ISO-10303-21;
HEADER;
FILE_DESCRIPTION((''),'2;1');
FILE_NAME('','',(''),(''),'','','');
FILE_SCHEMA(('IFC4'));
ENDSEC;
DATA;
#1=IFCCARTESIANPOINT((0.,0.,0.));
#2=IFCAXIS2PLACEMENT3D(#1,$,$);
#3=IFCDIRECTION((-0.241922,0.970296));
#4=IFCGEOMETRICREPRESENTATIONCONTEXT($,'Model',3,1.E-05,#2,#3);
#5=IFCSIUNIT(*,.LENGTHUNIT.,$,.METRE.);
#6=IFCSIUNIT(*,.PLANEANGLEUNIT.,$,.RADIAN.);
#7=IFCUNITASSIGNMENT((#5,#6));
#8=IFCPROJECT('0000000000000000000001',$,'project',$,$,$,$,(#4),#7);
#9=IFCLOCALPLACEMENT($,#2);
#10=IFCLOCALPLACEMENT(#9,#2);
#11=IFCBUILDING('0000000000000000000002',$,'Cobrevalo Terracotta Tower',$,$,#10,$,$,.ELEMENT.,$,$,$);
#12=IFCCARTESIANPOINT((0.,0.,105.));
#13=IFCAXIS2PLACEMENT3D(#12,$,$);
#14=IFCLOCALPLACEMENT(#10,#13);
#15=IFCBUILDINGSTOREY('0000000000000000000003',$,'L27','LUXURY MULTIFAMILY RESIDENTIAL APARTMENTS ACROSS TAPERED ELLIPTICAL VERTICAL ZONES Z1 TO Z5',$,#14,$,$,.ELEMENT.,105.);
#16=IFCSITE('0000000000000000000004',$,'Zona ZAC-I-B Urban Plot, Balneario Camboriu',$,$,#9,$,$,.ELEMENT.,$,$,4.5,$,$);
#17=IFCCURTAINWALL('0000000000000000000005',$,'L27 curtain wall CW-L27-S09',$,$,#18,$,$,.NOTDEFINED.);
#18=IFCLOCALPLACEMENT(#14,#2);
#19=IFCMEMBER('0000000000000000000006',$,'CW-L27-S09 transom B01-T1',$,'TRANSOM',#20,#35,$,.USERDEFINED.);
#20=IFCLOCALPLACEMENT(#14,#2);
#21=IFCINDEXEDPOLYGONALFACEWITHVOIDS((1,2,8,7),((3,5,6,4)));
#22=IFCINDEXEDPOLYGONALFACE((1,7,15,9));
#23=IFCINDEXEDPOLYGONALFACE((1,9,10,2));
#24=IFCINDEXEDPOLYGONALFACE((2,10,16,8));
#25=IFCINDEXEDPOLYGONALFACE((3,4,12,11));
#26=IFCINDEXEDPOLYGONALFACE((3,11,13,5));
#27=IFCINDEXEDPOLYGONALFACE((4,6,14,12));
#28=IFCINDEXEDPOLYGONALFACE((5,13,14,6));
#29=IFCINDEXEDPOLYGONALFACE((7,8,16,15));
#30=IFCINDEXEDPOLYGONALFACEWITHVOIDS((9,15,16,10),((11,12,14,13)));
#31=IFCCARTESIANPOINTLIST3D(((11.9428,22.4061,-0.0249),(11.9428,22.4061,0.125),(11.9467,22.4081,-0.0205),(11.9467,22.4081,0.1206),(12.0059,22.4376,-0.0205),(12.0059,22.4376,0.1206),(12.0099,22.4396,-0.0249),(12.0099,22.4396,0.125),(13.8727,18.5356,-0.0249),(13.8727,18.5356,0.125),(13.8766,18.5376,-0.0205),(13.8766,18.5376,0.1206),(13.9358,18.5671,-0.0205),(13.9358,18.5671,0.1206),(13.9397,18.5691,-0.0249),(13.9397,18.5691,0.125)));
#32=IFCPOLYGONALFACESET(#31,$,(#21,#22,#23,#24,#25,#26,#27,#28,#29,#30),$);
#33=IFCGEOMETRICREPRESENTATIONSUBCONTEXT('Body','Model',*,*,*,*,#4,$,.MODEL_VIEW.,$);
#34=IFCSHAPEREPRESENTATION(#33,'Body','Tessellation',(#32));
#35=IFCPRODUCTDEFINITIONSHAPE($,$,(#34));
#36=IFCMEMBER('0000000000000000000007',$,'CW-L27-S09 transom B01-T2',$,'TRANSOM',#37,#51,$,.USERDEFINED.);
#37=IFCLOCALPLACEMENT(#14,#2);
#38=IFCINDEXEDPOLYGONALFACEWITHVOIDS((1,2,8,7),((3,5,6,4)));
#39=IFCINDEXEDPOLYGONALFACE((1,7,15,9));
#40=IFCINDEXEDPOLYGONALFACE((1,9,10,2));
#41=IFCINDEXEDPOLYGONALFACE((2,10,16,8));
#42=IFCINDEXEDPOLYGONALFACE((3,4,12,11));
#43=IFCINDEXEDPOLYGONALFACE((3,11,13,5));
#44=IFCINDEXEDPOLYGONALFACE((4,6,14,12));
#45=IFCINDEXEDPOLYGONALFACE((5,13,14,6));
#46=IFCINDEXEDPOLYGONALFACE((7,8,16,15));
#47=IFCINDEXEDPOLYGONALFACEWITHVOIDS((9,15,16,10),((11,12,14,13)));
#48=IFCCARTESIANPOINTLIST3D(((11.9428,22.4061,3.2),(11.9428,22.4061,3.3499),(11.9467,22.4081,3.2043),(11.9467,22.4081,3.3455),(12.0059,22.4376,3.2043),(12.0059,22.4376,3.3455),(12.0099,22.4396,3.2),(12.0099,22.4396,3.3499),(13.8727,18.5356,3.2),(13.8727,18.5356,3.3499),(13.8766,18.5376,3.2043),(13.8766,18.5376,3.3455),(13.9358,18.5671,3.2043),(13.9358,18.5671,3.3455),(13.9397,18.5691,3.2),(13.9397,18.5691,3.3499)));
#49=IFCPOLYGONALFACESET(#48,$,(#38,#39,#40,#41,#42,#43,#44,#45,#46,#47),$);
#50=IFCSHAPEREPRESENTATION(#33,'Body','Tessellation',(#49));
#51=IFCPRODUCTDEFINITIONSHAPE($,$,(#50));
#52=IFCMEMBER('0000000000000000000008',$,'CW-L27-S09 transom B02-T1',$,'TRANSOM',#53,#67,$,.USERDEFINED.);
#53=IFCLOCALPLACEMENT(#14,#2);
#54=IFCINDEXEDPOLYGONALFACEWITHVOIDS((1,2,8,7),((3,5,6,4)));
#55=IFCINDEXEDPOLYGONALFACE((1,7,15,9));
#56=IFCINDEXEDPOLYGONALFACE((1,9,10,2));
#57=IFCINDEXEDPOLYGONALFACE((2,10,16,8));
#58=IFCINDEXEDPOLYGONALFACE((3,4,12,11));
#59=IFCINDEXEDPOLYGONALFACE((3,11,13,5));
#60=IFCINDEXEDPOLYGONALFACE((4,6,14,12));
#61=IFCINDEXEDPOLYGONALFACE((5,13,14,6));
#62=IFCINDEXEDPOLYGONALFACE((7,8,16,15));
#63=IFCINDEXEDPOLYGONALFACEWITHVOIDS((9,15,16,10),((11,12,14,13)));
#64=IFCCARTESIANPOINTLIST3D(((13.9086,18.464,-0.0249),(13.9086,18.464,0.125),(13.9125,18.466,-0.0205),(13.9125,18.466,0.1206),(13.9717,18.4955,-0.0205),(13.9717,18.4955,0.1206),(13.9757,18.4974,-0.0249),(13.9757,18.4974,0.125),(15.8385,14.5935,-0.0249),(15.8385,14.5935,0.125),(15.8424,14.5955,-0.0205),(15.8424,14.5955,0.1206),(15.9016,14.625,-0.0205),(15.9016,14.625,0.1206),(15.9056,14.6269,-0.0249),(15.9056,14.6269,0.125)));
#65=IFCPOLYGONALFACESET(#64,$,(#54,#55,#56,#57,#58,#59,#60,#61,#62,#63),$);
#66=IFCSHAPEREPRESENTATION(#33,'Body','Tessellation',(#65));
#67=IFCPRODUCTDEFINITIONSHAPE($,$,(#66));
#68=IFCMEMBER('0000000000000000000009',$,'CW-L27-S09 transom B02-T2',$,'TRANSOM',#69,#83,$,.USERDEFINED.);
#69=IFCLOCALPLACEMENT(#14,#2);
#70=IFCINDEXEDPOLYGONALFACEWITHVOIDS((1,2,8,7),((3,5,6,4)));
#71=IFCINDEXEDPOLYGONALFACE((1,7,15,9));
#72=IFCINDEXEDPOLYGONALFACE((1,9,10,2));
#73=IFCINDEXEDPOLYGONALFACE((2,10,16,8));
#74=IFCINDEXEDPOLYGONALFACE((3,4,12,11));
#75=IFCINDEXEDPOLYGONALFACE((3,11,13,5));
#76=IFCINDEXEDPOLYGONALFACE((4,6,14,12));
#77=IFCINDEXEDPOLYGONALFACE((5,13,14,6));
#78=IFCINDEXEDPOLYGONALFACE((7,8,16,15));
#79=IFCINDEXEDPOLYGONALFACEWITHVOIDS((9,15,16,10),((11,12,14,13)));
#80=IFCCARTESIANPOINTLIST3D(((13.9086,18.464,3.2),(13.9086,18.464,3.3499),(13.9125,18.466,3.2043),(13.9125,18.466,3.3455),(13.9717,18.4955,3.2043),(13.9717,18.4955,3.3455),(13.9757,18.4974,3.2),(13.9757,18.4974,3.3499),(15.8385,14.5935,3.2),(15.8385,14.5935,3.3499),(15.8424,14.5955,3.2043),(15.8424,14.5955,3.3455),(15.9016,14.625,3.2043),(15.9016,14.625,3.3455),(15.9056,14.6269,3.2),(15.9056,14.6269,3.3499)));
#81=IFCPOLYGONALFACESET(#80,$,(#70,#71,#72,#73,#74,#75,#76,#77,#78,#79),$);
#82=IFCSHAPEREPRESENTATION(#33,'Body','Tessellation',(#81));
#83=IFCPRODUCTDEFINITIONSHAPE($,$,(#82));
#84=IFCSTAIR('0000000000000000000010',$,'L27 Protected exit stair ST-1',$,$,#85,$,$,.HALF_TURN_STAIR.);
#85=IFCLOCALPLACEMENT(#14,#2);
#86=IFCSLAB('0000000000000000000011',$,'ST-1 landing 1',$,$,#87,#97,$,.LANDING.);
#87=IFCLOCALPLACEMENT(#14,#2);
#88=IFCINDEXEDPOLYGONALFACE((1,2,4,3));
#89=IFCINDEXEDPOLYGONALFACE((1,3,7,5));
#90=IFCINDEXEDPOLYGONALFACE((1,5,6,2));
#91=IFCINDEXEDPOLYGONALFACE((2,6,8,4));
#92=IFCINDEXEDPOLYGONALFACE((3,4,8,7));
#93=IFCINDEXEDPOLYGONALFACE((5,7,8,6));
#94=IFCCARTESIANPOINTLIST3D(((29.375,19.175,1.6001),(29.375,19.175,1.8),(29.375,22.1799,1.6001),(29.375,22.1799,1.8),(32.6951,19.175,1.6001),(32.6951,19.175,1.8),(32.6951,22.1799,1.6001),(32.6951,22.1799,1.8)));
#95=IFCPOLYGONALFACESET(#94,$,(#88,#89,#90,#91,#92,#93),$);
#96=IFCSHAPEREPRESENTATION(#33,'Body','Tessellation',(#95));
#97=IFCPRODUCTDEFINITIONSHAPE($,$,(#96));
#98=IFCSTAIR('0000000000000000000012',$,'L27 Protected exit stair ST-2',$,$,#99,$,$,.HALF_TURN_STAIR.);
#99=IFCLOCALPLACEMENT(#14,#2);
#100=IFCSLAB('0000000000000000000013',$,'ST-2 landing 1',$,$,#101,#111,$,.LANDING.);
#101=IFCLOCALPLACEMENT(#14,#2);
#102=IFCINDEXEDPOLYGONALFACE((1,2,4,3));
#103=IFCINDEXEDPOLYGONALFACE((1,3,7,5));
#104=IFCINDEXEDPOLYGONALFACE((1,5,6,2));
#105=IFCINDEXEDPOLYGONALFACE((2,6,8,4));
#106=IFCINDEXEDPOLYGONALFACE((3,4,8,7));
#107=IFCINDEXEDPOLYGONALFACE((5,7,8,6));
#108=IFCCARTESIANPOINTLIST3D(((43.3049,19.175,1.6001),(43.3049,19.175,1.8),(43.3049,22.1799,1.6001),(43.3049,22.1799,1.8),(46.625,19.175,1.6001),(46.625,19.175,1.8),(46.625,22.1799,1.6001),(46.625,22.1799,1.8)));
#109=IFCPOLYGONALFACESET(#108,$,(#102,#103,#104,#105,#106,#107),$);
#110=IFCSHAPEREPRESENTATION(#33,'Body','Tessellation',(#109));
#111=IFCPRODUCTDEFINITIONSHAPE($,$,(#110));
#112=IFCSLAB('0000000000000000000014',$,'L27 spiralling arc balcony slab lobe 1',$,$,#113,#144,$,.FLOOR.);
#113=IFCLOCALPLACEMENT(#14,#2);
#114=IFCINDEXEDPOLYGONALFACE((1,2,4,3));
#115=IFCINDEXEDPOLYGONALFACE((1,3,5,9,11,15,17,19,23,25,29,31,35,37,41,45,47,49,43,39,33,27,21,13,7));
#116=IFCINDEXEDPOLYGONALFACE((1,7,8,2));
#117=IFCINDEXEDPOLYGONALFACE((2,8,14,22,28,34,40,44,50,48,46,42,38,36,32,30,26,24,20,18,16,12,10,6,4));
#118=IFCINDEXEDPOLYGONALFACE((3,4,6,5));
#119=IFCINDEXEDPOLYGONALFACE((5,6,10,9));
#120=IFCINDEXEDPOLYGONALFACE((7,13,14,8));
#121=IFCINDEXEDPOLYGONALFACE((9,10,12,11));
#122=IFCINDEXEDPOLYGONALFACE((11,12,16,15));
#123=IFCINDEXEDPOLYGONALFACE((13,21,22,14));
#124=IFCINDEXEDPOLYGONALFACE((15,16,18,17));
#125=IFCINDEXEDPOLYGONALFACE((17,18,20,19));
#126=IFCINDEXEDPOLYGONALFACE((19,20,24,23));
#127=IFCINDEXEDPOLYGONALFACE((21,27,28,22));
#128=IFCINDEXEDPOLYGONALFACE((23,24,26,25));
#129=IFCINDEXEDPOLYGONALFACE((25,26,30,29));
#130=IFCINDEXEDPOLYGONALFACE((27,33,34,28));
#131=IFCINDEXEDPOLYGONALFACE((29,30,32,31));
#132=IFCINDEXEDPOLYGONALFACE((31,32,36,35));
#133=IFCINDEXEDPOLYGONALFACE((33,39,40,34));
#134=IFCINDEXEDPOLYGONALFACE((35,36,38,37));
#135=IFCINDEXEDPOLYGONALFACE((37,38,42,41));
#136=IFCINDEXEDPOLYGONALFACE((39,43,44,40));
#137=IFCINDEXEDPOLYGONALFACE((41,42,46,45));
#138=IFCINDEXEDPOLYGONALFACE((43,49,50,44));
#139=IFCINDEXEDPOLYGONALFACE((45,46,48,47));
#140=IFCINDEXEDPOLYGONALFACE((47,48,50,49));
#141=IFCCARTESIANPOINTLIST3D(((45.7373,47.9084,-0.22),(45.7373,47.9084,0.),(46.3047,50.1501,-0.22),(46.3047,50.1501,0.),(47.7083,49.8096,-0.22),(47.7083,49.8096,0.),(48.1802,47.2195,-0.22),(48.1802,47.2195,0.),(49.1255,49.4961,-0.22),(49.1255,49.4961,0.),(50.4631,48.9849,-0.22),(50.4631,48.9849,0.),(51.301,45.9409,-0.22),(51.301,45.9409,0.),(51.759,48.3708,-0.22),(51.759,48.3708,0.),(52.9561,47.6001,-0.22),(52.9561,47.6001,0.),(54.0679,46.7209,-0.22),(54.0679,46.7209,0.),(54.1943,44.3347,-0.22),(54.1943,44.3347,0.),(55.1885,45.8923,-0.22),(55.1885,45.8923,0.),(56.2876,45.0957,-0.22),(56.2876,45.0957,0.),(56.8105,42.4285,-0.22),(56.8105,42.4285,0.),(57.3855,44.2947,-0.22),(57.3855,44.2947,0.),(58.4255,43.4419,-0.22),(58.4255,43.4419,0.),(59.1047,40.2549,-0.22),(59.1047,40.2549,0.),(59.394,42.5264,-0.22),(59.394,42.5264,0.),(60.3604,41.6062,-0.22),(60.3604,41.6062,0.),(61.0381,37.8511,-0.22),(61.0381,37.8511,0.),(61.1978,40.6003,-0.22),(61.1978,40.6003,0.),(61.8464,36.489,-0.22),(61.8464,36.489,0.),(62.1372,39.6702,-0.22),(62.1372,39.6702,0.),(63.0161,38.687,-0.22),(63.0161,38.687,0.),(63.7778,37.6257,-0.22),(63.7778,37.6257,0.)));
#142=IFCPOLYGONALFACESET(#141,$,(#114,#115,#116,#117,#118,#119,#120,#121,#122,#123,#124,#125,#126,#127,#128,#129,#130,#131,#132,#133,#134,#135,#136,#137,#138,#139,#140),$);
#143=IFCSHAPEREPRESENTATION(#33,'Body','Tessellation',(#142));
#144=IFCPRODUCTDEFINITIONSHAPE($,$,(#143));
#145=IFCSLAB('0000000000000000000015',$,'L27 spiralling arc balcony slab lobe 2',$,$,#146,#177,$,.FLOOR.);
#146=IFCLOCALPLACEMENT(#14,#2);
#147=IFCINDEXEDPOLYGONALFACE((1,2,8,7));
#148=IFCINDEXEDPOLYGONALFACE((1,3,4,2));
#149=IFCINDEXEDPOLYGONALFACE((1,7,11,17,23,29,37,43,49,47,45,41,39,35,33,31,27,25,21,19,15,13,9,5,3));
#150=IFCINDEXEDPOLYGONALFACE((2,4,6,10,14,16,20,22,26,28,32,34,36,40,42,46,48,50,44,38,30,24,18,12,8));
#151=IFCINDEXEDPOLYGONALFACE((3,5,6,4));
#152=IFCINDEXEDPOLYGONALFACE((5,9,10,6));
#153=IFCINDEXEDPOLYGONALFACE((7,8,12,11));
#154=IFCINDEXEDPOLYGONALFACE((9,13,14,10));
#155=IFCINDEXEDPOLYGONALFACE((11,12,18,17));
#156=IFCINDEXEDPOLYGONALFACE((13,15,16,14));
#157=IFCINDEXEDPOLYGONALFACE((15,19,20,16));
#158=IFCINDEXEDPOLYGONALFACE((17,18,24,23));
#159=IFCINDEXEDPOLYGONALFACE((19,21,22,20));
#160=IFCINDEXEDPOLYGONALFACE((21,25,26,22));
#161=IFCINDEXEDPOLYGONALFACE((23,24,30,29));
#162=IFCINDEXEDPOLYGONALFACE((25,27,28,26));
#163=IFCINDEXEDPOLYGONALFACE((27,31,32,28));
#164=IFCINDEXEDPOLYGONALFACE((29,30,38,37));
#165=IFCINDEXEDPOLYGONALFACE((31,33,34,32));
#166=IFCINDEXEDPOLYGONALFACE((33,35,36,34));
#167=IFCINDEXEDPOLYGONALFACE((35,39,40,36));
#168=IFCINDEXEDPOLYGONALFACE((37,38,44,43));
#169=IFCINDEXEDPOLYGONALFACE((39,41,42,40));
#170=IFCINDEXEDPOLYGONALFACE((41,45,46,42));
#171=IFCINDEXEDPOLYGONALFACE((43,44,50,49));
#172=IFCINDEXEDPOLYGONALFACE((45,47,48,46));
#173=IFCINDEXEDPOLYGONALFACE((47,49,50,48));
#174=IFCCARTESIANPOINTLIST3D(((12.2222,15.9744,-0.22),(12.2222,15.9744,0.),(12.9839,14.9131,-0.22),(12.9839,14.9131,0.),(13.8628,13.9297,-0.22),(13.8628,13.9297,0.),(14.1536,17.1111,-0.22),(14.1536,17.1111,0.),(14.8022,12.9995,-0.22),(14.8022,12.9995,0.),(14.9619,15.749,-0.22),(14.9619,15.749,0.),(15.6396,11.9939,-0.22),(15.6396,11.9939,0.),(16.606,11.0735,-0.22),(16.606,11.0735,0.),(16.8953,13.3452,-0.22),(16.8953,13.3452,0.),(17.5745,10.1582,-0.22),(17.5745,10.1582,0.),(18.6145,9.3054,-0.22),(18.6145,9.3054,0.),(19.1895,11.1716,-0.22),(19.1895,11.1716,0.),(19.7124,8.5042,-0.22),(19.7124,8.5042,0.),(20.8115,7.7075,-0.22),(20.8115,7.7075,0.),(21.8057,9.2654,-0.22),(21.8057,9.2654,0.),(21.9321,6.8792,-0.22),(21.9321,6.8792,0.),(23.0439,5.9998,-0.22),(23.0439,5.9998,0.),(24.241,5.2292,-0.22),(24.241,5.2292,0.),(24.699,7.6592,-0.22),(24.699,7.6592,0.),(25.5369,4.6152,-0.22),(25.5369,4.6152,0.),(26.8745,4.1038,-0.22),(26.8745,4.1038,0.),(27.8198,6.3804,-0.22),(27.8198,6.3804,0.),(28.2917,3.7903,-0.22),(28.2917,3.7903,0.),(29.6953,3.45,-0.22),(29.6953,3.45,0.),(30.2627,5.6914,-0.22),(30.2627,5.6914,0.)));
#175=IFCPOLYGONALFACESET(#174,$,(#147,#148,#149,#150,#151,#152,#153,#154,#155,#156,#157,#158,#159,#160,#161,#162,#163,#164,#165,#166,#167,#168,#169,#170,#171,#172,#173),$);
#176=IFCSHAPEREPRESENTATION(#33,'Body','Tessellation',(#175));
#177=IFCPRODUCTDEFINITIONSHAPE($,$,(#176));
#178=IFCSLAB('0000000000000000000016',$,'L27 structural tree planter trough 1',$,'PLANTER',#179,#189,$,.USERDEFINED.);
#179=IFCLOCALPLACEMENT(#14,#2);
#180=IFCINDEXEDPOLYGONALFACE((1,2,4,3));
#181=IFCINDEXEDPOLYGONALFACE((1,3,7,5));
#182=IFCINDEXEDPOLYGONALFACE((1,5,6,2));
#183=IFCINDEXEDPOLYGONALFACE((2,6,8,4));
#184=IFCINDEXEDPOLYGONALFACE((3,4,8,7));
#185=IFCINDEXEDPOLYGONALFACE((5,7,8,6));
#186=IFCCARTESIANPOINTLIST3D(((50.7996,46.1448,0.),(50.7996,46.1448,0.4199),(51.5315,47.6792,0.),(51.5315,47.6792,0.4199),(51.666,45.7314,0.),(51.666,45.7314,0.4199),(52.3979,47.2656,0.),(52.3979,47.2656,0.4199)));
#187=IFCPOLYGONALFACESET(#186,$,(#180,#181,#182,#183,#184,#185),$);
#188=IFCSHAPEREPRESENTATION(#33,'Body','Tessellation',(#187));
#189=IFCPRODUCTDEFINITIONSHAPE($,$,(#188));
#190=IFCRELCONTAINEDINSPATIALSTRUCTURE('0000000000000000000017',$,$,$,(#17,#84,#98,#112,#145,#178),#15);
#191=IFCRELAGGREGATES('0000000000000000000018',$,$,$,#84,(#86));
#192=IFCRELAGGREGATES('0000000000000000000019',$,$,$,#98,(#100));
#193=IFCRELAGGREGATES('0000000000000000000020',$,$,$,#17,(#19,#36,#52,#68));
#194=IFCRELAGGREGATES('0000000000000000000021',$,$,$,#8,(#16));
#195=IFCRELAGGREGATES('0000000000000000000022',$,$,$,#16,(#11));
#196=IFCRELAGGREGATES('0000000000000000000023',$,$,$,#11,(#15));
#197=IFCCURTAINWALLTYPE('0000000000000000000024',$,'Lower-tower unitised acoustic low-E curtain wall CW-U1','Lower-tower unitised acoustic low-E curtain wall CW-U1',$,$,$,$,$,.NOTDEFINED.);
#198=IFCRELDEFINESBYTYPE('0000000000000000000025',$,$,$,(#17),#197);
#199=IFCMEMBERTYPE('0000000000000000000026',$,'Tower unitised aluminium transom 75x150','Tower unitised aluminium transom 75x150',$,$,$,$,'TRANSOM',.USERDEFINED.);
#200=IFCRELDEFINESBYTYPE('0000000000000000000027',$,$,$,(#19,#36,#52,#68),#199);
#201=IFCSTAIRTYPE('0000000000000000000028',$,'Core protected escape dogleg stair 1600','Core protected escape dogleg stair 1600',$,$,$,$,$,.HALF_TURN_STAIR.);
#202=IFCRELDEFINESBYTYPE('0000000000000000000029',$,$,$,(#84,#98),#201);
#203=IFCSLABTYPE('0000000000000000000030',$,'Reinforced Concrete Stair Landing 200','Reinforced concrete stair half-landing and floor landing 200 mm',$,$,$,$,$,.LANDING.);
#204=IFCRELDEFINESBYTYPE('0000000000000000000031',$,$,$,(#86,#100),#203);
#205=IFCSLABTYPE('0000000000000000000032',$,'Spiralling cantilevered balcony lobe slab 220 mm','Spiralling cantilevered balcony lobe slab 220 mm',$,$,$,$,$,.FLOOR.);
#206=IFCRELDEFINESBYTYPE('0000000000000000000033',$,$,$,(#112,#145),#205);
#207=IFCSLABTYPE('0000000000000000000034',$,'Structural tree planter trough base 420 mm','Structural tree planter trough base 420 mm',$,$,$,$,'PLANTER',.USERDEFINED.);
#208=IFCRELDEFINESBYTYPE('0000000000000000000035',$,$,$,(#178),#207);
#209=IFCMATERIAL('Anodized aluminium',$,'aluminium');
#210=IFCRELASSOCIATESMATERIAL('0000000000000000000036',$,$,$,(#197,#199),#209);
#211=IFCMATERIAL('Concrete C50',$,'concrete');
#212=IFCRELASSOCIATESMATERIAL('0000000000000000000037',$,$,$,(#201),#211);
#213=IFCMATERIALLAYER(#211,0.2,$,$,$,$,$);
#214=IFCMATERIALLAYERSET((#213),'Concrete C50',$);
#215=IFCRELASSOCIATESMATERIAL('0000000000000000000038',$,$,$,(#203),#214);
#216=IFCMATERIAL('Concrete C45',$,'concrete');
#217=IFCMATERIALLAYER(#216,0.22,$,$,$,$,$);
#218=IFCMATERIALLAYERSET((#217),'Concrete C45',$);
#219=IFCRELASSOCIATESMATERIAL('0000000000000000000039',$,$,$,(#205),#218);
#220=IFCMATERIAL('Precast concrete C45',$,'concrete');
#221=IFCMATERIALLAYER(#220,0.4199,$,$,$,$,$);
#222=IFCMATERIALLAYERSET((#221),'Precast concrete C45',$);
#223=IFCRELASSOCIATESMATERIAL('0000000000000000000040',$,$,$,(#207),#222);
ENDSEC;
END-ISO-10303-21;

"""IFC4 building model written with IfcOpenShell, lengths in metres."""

from ifc_helpers import new_model, si_unit, direction, frame, origin, origin_2d, place, context, subcontext, project, spatial, polyline, hollow_rectangle, outline, extrude, source, transform, mapped, material, layer, layer_set, material_profile, profile_set, type_object, element, aggregate, save


model = new_model("IFC4")

# Units and contexts
model_context = context("Model", 3, precision=1e-05, world=origin(), true_north=direction((-0.241922, 0.970296)))
body_context = subcontext(model_context, "Body", "Model", "MODEL_VIEW")
ifc_project = project(units=[si_unit("LENGTHUNIT", "METRE"), si_unit("PLANEANGLEUNIT", "RADIAN")], contexts=[model_context])

# Site, building, storey
site_placement = place(None, origin())
site = spatial("IfcSite", under=ifc_project, at=site_placement, Name="Zona ZAC-I-B Urban Plot, Balneario Camboriu", CompositionType="ELEMENT", RefElevation=4.5)
building_placement = place(site_placement, origin())
building = spatial("IfcBuilding", under=site, at=building_placement, Name="Cobrevalo Terracotta Tower", CompositionType="ELEMENT")
storey_placement = place(building_placement, frame((0.0, 0.0, 105.0)))
storey = spatial("IfcBuildingStorey", under=building, at=storey_placement, Name="L27", Description="LUXURY MULTIFAMILY RESIDENTIAL APARTMENTS ACROSS TAPERED ELLIPTICAL VERTICAL ZONES Z1 TO Z5", CompositionType="ELEMENT", Elevation=105.0)

# Shared definitions
ifc_material_1 = material(Name="Anodized aluminium", Category="aluminium")
curtain_wall_type = type_object("IfcCurtainWallType", Name="Lower-tower unitised acoustic low-E curtain wall CW-U1", Description="Lower-tower unitised acoustic low-E curtain wall CW-U1", PredefinedType="NOTDEFINED", material=ifc_material_1)

# Curtain wall, members
curtain_wall_1_placement = place(storey_placement, origin())
curtain_wall_1 = element("IfcCurtainWall", 1, at=curtain_wall_1_placement, inside=storey, type_object=curtain_wall_type, Name="L27 curtain wall CW-L27-S09", PredefinedType="NOTDEFINED")
ifc_material_profile_1 = material_profile(ifc_material_1, hollow_rectangle(XDim=0.075, YDim=0.1499, WallThickness=0.0044, at=origin_2d()), Name="CWT 75x150")
ifc_profile_set_1 = profile_set([ifc_material_profile_1], Name="Anodized aluminium")
member_type_1 = type_object("IfcMemberType", Name="Tower unitised aluminium transom 75x150", Description="Tower unitised aluminium transom 75x150", ElementType="TRANSOM", PredefinedType="USERDEFINED", material=ifc_profile_set_1)
shared_shape_1 = source(origin(), body_context, "Body", "SweptSolid", [
    extrude(hollow_rectangle(XDim=0.075, YDim=0.1499, WallThickness=0.0044, at=origin_2d()), origin(), (0.0, 0.0, 1.0), 4.325),
])
member_1_placement = place(storey_placement, frame((11.9763, 22.4229, 0.05), z_axis=(0.44622, -0.894923, 0.0), x_axis=(0.894923, 0.44622, 0.0)))
member_1 = element("IfcMember", 2, at=member_1_placement, type_object=member_type_1, Name="CW-L27-S09 transom B01-T1", ObjectType="TRANSOM", PredefinedType="USERDEFINED", context=body_context, shape_type="MappedRepresentation", body=[
    mapped(shared_shape_1, transform((0.0, 0.0, 0.0), scale=1.0)),
])
member_2_placement = place(storey_placement, frame((11.9763, 22.4229, 3.2749), z_axis=(0.44622, -0.894923, 0.0), x_axis=(0.894923, 0.44622, 0.0)))
member_2 = element("IfcMember", 3, at=member_2_placement, type_object=member_type_1, Name="CW-L27-S09 transom B01-T2", ObjectType="TRANSOM", PredefinedType="USERDEFINED", context=body_context, shape_type="MappedRepresentation", body=[
    mapped(shared_shape_1, transform((0.0, 0.0, 0.0), scale=1.0)),
])
member_3_placement = place(storey_placement, frame((13.9421, 18.4807, 0.05), z_axis=(0.44622, -0.894923, 0.0), x_axis=(0.894923, 0.44622, 0.0)))
member_3 = element("IfcMember", 4, at=member_3_placement, type_object=member_type_1, Name="CW-L27-S09 transom B02-T1", ObjectType="TRANSOM", PredefinedType="USERDEFINED", context=body_context, shape_type="MappedRepresentation", body=[
    mapped(shared_shape_1, transform((0.0, 0.0, 0.0), scale=1.0)),
])
member_4_placement = place(storey_placement, frame((13.9421, 18.4807, 3.2749), z_axis=(0.44622, -0.894923, 0.0), x_axis=(0.894923, 0.44622, 0.0)))
member_4 = element("IfcMember", 5, at=member_4_placement, type_object=member_type_1, Name="CW-L27-S09 transom B02-T2", ObjectType="TRANSOM", PredefinedType="USERDEFINED", context=body_context, shape_type="MappedRepresentation", body=[
    mapped(shared_shape_1, transform((0.0, 0.0, 0.0), scale=1.0)),
])

# Stairs, slabs
ifc_material_2 = material(Name="Concrete C50", Category="concrete")
stair_type = type_object("IfcStairType", Name="Core protected escape dogleg stair 1600", Description="Core protected escape dogleg stair 1600", PredefinedType="HALF_TURN_STAIR", material=ifc_material_2)
stair_1_placement = place(storey_placement, origin())
stair_1 = element("IfcStair", 6, at=stair_1_placement, inside=storey, type_object=stair_type, Name="L27 Protected exit stair ST-1", PredefinedType="HALF_TURN_STAIR")
ifc_layer_1 = layer(ifc_material_2, 0.2)
ifc_layer_set_1 = layer_set([ifc_layer_1], Name="Concrete C50")
slab_type_1 = type_object("IfcSlabType", Name="Reinforced Concrete Stair Landing 200", Description="Reinforced concrete stair half-landing and floor landing 200 mm", PredefinedType="LANDING", material=ifc_layer_set_1)
slab_1_placement = place(storey_placement, frame((0.0, 0.0, 1.6001)))
slab_1 = element("IfcSlab", 7, at=slab_1_placement, type_object=slab_type_1, Name="ST-1 landing 1", PredefinedType="LANDING", context=body_context, shape_type="SweptSolid", body=[
    extrude(outline(polyline([(29.375, 22.1799), (29.375, 19.175), (32.6951, 19.175), (32.6951, 22.1799), (29.375, 22.1799)])), origin(), (0.0, 0.0, 1.0), 0.2),
])
aggregate(stair_1, [slab_1])
stair_2_placement = place(storey_placement, origin())
stair_2 = element("IfcStair", 8, at=stair_2_placement, inside=storey, type_object=stair_type, Name="L27 Protected exit stair ST-2", PredefinedType="HALF_TURN_STAIR")
slab_2_placement = place(storey_placement, frame((0.0, 0.0, 1.6001)))
slab_2 = element("IfcSlab", 9, at=slab_2_placement, type_object=slab_type_1, Name="ST-2 landing 1", PredefinedType="LANDING", context=body_context, shape_type="SweptSolid", body=[
    extrude(outline(polyline([(43.3049, 22.1799), (43.3049, 19.175), (46.625, 19.175), (46.625, 22.1799), (43.3049, 22.1799)])), origin(), (0.0, 0.0, 1.0), 0.2),
])
aggregate(stair_2, [slab_2])

# Slabs
ifc_material_3 = material(Name="Concrete C45", Category="concrete")
ifc_layer_2 = layer(ifc_material_3, 0.22)
ifc_layer_set_2 = layer_set([ifc_layer_2], Name="Concrete C45")
slab_type_2 = type_object("IfcSlabType", Name="Spiralling cantilevered balcony lobe slab 220 mm", Description="Spiralling cantilevered balcony lobe slab 220 mm", PredefinedType="FLOOR", material=ifc_layer_set_2)
slab_3_placement = place(storey_placement, frame((0.0, 0.0, -0.22)))
element("IfcSlab", 10, at=slab_3_placement, inside=storey, type_object=slab_type_2, Name="L27 spiralling arc balcony slab lobe 1", PredefinedType="FLOOR", context=body_context, shape_type="SweptSolid", body=[
    extrude(outline(polyline([(63.7778, 37.6257), (63.0161, 38.687), (62.1372, 39.6702), (61.1978, 40.6003), (60.3604, 41.6062), (59.394, 42.5264), (58.4255, 43.4419), (57.3855, 44.2947), (56.2876, 45.0957), (55.1885, 45.8923), (54.0679, 46.7209), (52.9561, 47.6001), (51.759, 48.3708), (50.4631, 48.9849), (49.1255, 49.4961), (47.7083, 49.8096), (46.3047, 50.1501), (45.7373, 47.9084), (48.1802, 47.2195), (51.301, 45.9409), (54.1943, 44.3347), (56.8105, 42.4285), (59.1047, 40.2549), (61.0381, 37.8511), (61.8464, 36.489), (63.7778, 37.6257)])), origin(), (0.0, 0.0, 1.0), 0.22),
])
slab_4_placement = place(storey_placement, frame((0.0, 0.0, -0.22)))
element("IfcSlab", 11, at=slab_4_placement, inside=storey, type_object=slab_type_2, Name="L27 spiralling arc balcony slab lobe 2", PredefinedType="FLOOR", context=body_context, shape_type="SweptSolid", body=[
    extrude(outline(polyline([(12.2222, 15.9744), (12.9839, 14.9131), (13.8628, 13.9297), (14.8022, 12.9995), (15.6396, 11.9939), (16.606, 11.0735), (17.5745, 10.1582), (18.6145, 9.3054), (19.7124, 8.5042), (20.8115, 7.7075), (21.9321, 6.8792), (23.0439, 5.9998), (24.241, 5.2292), (25.5369, 4.6152), (26.8745, 4.1038), (28.2917, 3.7903), (29.6953, 3.45), (30.2627, 5.6914), (27.8198, 6.3804), (24.699, 7.6592), (21.8057, 9.2654), (19.1895, 11.1716), (16.8953, 13.3452), (14.9619, 15.749), (14.1536, 17.1111), (12.2222, 15.9744)])), origin(), (0.0, 0.0, 1.0), 0.22),
])
ifc_material_4 = material(Name="Precast concrete C45", Category="concrete")
ifc_layer_3 = layer(ifc_material_4, 0.4199)
ifc_layer_set_3 = layer_set([ifc_layer_3], Name="Precast concrete C45")
slab_type_3 = type_object("IfcSlabType", Name="Structural tree planter trough base 420 mm", Description="Structural tree planter trough base 420 mm", ElementType="PLANTER", PredefinedType="USERDEFINED", material=ifc_layer_set_3)
slab_5_placement = place(storey_placement, origin())
element("IfcSlab", 12, at=slab_5_placement, inside=storey, type_object=slab_type_3, Name="L27 structural tree planter trough 1", ObjectType="PLANTER", PredefinedType="USERDEFINED", context=body_context, shape_type="SweptSolid", body=[
    extrude(outline(polyline([(51.666, 45.7314), (52.3979, 47.2656), (51.5315, 47.6792), (50.7996, 46.1448), (51.666, 45.7314)])), origin(), (0.0, 0.0, 1.0), 0.4199),
])

aggregate(curtain_wall_1, [member_1, member_2, member_3, member_4])

save(model, "model.ifc")
